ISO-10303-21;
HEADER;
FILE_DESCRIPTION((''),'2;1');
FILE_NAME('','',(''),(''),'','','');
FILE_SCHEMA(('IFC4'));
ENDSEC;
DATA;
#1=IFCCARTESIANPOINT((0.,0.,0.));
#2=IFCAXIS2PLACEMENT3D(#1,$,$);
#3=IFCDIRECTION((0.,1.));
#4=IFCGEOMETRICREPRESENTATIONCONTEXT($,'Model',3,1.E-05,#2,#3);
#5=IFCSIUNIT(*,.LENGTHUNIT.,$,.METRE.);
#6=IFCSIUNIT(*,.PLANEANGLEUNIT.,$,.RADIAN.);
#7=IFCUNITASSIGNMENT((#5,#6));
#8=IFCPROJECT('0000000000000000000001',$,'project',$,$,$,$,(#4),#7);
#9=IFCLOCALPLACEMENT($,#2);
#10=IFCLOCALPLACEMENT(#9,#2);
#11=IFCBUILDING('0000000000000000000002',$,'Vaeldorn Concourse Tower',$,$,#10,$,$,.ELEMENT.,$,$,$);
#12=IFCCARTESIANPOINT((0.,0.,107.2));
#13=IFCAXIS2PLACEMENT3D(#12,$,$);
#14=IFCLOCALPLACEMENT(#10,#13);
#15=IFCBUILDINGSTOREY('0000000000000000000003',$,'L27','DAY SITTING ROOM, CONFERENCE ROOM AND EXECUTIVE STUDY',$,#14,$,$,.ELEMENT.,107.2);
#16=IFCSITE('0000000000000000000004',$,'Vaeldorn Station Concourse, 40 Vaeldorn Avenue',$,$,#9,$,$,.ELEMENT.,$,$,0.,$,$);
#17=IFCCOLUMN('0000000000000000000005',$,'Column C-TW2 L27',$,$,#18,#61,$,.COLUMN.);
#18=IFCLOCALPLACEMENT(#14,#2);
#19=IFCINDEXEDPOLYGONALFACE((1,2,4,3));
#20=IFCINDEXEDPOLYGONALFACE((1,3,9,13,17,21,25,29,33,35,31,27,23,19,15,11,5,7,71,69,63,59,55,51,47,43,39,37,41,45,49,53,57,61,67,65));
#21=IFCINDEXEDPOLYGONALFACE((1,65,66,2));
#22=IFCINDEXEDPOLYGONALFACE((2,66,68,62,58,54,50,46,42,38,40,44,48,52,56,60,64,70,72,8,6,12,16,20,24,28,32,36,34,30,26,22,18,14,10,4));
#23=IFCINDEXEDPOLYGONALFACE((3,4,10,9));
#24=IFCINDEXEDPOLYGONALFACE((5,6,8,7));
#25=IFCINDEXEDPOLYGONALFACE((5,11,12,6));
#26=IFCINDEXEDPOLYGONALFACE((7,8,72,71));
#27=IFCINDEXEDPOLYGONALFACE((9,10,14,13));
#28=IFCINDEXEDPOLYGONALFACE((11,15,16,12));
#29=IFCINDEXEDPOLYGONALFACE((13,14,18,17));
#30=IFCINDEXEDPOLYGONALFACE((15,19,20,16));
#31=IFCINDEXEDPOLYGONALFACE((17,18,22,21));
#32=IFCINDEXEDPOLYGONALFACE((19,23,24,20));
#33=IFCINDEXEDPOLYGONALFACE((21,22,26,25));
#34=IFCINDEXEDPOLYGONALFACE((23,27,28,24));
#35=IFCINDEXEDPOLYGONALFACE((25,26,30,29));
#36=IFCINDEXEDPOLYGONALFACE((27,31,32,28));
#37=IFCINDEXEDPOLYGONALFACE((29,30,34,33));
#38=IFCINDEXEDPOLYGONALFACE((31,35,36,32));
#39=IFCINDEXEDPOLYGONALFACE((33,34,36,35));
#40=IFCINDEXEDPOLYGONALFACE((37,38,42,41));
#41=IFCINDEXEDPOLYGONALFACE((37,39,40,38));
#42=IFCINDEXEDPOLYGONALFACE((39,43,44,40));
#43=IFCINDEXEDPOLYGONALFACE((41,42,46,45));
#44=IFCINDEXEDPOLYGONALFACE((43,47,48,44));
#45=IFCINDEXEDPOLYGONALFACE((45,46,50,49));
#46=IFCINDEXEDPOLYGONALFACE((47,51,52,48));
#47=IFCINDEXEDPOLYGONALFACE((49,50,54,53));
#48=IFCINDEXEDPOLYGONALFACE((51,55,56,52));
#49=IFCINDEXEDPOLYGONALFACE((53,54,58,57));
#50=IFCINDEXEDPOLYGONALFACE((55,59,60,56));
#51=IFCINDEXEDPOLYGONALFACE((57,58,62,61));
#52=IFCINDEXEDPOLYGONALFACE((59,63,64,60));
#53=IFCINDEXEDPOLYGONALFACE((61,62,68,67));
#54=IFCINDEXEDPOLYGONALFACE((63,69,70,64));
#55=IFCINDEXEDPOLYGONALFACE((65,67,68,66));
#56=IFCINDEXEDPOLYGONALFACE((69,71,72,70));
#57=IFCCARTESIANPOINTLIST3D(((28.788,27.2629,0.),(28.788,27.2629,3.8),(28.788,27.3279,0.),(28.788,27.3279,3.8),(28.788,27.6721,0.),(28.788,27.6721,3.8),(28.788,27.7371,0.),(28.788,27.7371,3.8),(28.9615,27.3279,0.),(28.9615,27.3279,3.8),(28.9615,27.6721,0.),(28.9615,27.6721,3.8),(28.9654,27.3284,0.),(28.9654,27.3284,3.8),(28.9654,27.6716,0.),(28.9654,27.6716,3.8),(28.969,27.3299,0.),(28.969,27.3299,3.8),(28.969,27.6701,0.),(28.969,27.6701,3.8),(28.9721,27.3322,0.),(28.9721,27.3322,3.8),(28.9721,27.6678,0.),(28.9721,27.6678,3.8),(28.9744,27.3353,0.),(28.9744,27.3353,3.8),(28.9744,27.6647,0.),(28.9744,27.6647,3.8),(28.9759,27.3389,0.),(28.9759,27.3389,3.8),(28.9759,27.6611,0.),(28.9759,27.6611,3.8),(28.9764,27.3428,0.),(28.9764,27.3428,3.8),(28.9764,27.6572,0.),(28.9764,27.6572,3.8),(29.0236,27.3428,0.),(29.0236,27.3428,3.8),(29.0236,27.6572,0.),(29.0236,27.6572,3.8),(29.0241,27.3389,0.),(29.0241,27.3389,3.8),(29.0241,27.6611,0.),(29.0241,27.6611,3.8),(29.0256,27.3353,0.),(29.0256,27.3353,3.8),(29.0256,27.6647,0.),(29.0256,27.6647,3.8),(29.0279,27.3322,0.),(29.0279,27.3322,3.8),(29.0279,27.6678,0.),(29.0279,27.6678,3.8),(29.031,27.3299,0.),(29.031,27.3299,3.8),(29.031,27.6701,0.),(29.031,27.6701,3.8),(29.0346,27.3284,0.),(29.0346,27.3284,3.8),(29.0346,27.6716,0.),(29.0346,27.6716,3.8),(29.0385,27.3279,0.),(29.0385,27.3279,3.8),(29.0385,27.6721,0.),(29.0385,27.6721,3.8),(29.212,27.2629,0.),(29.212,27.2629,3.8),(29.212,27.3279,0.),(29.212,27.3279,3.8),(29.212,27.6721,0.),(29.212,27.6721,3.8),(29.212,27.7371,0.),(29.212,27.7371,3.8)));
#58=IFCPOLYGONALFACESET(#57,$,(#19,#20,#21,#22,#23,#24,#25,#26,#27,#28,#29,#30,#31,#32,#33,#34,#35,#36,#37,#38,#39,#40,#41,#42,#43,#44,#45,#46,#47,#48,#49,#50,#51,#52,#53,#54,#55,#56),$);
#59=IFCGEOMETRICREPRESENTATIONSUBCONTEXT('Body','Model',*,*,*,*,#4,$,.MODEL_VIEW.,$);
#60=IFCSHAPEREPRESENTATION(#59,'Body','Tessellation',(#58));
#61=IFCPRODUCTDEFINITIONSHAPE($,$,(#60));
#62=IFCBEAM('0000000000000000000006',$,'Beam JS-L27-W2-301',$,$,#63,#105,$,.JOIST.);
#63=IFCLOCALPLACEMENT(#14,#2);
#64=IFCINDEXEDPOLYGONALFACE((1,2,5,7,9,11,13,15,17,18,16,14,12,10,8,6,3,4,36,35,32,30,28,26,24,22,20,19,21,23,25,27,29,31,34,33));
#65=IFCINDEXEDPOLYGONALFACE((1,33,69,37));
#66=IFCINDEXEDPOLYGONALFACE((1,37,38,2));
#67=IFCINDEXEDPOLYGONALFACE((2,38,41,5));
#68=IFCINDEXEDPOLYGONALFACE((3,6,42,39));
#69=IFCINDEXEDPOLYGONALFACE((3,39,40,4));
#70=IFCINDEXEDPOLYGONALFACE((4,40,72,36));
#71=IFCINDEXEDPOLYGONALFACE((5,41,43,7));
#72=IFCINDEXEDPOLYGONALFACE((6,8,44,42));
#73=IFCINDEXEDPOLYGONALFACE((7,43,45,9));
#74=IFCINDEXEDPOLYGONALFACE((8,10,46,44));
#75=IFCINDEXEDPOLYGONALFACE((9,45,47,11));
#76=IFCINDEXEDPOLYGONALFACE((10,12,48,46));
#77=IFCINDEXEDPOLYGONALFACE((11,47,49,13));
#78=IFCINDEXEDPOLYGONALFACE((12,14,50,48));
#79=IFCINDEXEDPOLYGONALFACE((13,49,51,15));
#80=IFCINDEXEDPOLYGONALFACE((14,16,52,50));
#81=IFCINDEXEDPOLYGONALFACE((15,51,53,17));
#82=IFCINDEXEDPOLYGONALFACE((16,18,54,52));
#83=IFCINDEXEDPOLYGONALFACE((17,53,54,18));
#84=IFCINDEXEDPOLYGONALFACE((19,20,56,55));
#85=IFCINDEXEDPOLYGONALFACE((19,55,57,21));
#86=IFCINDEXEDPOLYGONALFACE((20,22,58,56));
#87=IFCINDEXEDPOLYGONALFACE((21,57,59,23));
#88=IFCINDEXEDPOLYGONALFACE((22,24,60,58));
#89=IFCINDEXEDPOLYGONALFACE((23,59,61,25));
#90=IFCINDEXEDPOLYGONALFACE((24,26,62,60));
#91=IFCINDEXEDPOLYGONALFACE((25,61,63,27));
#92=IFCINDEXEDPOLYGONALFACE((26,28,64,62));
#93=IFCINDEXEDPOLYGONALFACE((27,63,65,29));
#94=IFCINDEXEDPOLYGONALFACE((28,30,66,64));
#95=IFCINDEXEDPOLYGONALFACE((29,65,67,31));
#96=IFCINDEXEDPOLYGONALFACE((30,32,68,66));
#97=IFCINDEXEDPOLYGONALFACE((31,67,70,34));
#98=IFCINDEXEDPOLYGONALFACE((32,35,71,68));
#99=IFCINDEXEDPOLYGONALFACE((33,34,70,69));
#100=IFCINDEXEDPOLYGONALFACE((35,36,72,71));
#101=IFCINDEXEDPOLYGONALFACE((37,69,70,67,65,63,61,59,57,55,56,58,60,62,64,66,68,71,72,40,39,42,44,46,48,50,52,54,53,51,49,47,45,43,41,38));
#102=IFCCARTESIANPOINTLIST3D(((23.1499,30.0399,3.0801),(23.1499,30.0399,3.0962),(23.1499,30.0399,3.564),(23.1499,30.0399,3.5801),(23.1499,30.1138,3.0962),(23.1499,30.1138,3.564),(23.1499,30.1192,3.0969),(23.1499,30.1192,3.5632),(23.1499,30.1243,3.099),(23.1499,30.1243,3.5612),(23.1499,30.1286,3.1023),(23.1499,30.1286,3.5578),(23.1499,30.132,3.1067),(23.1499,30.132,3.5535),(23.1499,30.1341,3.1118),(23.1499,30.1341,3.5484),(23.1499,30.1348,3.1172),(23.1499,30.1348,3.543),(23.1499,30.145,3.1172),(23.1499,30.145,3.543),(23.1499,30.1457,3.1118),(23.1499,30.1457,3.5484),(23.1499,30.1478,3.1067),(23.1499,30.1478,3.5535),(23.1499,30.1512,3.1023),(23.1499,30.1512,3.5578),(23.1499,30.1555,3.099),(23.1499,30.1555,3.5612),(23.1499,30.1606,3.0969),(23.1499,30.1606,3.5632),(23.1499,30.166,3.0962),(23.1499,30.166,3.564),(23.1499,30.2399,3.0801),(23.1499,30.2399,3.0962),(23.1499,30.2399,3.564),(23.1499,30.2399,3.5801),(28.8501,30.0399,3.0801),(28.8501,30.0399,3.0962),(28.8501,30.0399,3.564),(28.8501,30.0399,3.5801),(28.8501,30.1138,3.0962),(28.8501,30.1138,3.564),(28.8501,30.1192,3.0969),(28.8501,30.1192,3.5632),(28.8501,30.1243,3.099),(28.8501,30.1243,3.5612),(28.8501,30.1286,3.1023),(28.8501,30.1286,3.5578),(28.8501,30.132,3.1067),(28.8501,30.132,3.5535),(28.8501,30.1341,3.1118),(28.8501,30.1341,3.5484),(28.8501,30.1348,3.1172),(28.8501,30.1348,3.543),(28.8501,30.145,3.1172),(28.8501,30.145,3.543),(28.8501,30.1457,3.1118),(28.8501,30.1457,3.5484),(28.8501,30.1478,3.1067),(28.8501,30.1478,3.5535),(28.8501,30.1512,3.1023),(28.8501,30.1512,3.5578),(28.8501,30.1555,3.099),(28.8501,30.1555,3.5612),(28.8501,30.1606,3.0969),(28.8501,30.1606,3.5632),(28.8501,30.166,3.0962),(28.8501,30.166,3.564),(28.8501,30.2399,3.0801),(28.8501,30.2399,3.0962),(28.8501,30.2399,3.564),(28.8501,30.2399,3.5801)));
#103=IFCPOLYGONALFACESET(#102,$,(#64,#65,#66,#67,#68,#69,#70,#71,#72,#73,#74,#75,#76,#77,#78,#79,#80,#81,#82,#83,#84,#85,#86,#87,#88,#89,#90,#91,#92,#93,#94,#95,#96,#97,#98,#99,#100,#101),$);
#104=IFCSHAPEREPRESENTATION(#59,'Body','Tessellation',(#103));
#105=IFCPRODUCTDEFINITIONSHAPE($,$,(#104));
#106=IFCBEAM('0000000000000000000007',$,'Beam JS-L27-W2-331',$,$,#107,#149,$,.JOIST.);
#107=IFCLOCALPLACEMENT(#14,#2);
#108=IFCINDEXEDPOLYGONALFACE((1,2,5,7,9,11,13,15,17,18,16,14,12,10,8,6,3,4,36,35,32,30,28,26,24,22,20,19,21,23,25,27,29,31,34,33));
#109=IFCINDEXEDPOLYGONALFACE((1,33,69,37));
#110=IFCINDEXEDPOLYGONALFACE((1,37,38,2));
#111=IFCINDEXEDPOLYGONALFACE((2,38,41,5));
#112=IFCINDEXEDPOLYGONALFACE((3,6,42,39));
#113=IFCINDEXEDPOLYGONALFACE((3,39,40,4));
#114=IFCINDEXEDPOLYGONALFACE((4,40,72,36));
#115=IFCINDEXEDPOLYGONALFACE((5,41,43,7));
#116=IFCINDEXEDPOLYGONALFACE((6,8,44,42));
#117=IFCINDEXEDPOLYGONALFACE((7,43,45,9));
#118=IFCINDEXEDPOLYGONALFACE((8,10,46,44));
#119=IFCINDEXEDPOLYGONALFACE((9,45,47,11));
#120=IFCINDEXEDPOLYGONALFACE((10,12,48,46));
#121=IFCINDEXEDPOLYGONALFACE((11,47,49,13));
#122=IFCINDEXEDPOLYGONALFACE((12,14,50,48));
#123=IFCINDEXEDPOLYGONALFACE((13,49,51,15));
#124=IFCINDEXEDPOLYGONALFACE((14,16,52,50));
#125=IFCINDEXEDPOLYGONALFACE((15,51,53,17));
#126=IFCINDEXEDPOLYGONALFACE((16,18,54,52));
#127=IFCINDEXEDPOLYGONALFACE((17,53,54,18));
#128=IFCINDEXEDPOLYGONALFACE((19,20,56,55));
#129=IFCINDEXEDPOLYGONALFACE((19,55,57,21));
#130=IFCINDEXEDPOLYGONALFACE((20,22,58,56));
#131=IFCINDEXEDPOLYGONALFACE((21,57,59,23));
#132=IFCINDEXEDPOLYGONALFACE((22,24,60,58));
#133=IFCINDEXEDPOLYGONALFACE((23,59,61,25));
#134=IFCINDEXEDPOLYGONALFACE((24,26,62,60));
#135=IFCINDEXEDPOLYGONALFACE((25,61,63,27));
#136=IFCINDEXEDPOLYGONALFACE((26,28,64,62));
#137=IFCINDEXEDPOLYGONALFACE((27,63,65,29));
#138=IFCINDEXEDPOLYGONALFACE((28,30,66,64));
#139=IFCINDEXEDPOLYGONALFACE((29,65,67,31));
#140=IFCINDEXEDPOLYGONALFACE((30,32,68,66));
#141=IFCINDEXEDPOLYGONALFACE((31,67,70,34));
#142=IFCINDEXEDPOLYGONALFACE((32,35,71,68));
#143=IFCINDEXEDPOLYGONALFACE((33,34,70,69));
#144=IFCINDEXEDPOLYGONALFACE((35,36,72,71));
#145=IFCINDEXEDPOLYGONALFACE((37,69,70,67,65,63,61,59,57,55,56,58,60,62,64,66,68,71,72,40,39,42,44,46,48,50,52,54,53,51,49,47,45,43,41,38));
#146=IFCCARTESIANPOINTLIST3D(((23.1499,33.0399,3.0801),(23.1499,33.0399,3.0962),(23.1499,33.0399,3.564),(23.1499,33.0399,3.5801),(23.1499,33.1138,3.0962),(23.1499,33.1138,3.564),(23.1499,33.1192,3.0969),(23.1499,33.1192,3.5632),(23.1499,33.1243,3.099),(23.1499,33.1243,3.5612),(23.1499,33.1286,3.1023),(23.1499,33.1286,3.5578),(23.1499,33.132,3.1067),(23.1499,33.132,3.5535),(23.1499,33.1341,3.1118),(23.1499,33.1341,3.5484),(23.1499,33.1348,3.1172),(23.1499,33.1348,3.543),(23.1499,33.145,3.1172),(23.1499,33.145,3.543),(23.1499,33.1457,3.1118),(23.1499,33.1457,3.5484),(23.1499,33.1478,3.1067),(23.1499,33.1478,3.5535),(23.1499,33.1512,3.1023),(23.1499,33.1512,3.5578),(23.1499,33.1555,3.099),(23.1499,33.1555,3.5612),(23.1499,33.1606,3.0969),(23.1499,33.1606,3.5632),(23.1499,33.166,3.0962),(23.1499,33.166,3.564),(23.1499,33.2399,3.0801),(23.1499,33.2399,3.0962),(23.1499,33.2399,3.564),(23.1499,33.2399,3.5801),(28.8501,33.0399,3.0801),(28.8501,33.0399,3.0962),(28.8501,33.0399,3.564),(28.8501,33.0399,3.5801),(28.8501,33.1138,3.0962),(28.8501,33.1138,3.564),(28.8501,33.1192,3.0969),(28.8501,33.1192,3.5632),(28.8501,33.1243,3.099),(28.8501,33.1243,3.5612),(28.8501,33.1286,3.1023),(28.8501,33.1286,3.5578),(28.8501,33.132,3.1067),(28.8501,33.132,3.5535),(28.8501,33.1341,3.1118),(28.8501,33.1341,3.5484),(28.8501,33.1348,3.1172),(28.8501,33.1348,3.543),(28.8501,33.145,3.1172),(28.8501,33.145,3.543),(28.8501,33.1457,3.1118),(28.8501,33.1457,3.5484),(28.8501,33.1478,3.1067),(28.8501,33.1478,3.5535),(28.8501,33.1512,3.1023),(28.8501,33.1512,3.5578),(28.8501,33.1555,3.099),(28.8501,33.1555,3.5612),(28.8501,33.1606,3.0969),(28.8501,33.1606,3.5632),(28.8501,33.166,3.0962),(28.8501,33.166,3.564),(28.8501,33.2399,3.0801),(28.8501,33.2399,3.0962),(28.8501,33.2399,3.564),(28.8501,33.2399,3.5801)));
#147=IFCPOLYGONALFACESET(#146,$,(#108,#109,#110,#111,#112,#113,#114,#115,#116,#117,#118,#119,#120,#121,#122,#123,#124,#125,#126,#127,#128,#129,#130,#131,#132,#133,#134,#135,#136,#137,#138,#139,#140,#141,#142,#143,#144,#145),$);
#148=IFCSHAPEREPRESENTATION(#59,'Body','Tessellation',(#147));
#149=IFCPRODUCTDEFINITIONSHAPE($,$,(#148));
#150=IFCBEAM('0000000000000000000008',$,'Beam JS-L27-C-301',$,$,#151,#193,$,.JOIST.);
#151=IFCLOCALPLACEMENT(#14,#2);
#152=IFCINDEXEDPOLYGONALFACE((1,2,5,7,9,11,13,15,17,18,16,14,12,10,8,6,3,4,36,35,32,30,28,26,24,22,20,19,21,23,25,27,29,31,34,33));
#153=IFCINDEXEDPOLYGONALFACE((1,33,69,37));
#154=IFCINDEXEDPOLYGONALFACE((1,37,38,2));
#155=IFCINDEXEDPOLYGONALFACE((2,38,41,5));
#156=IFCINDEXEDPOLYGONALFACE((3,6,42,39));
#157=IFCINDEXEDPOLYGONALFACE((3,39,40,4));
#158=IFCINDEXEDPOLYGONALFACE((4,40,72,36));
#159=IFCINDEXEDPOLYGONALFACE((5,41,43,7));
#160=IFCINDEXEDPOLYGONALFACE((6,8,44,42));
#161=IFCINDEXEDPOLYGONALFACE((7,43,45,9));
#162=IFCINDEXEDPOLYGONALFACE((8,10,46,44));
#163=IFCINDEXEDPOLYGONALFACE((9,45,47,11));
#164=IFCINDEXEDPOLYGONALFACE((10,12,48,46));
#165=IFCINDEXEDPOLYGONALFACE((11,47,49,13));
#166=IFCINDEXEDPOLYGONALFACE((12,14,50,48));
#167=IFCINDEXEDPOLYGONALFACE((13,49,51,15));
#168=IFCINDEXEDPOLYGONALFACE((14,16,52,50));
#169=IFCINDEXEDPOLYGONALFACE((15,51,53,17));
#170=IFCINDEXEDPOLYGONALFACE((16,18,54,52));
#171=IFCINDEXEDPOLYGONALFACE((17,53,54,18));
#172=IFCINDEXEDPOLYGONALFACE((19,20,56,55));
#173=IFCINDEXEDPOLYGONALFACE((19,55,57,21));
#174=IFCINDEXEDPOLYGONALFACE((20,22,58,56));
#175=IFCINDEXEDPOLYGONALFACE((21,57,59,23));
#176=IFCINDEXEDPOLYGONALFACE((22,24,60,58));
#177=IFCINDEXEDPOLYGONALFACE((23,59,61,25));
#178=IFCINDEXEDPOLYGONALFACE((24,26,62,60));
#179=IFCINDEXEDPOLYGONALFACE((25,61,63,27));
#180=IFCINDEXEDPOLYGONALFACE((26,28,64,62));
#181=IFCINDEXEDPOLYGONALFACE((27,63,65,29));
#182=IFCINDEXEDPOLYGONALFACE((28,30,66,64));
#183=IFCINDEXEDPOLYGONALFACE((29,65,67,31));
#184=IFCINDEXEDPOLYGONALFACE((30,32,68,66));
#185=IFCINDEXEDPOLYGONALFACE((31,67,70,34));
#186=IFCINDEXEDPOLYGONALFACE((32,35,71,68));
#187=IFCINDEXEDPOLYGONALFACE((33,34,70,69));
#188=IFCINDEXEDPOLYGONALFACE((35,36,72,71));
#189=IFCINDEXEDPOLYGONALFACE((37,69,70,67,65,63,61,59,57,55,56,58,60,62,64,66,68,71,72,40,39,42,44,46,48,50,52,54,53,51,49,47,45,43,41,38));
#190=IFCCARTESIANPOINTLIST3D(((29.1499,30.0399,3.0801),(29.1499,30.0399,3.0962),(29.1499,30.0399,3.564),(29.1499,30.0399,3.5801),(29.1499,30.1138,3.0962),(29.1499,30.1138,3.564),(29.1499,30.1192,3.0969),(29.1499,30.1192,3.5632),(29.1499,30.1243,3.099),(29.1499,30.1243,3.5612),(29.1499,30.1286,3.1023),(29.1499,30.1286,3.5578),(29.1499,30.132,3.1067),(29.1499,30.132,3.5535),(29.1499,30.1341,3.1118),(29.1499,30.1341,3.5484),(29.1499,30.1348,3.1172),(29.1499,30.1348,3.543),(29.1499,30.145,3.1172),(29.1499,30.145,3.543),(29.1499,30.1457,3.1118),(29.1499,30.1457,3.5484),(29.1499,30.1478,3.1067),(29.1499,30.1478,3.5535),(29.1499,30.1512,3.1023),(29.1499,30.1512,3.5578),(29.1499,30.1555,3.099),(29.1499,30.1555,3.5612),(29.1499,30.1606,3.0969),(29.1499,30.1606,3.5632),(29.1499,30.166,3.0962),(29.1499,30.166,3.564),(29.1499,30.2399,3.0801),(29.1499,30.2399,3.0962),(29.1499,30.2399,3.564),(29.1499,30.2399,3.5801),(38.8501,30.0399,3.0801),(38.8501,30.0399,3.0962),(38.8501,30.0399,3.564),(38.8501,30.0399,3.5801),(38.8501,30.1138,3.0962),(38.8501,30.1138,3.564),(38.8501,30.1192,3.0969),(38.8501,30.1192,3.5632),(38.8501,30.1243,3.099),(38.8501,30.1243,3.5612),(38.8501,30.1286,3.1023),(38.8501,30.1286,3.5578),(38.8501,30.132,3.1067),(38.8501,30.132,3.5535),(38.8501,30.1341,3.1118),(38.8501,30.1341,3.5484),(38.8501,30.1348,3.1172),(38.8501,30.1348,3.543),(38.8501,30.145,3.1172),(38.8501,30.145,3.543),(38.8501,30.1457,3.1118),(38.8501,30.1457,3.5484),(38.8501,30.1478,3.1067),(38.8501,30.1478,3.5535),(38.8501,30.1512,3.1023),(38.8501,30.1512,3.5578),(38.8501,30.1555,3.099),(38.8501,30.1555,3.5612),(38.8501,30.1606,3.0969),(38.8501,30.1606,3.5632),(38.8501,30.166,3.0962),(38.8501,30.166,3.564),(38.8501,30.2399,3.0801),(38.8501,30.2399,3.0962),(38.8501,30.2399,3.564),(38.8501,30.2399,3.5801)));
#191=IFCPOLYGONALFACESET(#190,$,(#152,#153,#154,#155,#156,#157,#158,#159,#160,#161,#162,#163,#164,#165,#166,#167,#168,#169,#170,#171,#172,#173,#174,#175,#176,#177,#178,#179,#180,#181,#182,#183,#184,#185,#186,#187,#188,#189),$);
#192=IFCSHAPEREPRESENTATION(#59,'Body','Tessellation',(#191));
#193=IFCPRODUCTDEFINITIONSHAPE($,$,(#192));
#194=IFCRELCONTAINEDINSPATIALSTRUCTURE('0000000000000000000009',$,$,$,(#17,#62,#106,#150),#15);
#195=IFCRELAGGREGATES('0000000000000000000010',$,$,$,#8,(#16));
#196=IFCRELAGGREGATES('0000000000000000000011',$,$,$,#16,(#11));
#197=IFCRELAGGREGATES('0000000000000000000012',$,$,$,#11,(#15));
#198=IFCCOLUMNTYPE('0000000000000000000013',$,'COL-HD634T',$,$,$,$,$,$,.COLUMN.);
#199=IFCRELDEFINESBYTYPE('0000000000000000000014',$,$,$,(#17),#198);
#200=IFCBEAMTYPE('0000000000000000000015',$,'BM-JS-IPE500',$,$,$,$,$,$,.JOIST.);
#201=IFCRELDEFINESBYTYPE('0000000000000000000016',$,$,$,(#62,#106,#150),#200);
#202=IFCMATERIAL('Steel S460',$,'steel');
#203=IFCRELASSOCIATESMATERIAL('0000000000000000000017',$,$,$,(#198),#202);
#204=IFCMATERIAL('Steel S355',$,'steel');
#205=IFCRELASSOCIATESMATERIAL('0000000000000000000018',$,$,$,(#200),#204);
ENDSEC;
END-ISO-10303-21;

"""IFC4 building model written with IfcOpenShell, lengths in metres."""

from ifc_helpers import new_model, si_unit, direction, frame, origin, origin_2d, place, context, subcontext, project, spatial, i_section, extrude, source, transform, mapped, material, material_profile, profile_set, type_object, element, save


model = new_model("IFC4")

# Units and contexts
model_context = context("Model", 3, precision=1e-05, world=origin(), true_north=direction((0.0, 1.0)))
body_context = subcontext(model_context, "Body", "Model", "MODEL_VIEW")
ifc_project = project(units=[si_unit("LENGTHUNIT", "METRE"), si_unit("PLANEANGLEUNIT", "RADIAN")], contexts=[model_context])

# Site, building, storey
site_placement = place(None, origin())
site = spatial("IfcSite", under=ifc_project, at=site_placement, Name="Vaeldorn Station Concourse, 40 Vaeldorn Avenue", CompositionType="ELEMENT", RefElevation=0.0)
building_placement = place(site_placement, origin())
building = spatial("IfcBuilding", under=site, at=building_placement, Name="Vaeldorn Concourse Tower", CompositionType="ELEMENT")
storey_placement = place(building_placement, frame((0.0, 0.0, 107.2)))
storey = spatial("IfcBuildingStorey", under=building, at=storey_placement, Name="L27", Description="DAY SITTING ROOM, CONFERENCE ROOM AND EXECUTIVE STUDY", CompositionType="ELEMENT", Elevation=107.2)

# Column
ifc_material_1 = material(Name="Steel S460", Category="steel")
ifc_material_profile_1 = material_profile(ifc_material_1, i_section(OverallWidth=0.4241, OverallDepth=0.4741, WebThickness=0.0471, FlangeThickness=0.0649, FilletRadius=0.0149, at=origin_2d()), Name="HD 400x634")
ifc_profile_set_1 = profile_set([ifc_material_profile_1], Name="Steel S460")
column_type_1 = type_object("IfcColumnType", Name="COL-HD634T", PredefinedType="COLUMN", material=ifc_profile_set_1)
shared_shape_1 = source(origin(), body_context, "Body", "SweptSolid", [
    extrude(i_section(OverallWidth=0.4241, OverallDepth=0.4741, WebThickness=0.0471, FlangeThickness=0.0649, FilletRadius=0.0149, at=origin_2d()), origin(), (0.0, 0.0, 1.0), 3.8),
])
column_1_placement = place(storey_placement, frame((29.0, 27.5, 0.0), z_axis=(0.0, 0.0, 1.0), x_axis=(1.0, 0.0, 0.0)))
element("IfcColumn", 1, at=column_1_placement, inside=storey, type_object=column_type_1, Name="Column C-TW2 L27", PredefinedType="COLUMN", context=body_context, shape_type="MappedRepresentation", body=[
    mapped(shared_shape_1, transform((0.0, 0.0, 0.0), scale=1.0)),
])

# Beams
ifc_material_2 = material(Name="Steel S355", Category="steel")
ifc_material_profile_2 = material_profile(ifc_material_2, i_section(OverallWidth=0.2, OverallDepth=0.5, WebThickness=0.0103, FlangeThickness=0.0161, FilletRadius=0.021, at=origin_2d()), Name="IPE 500")
ifc_profile_set_2 = profile_set([ifc_material_profile_2], Name="Steel S355")
beam_type_1 = type_object("IfcBeamType", Name="BM-JS-IPE500", PredefinedType="JOIST", material=ifc_profile_set_2)
shared_shape_2 = source(origin(), body_context, "Body", "SweptSolid", [
    extrude(i_section(OverallWidth=0.2, OverallDepth=0.5, WebThickness=0.0103, FlangeThickness=0.0161, FilletRadius=0.021, at=origin_2d()), origin(), (0.0, 0.0, 1.0), 5.7002),
])
for number, where, z_axis, x_axis, name in (
    (2, (23.1499, 30.1399, 3.3301), (1.0, 0.0, 0.0), (0.0, 1.0, 0.0), "Beam JS-L27-W2-301"),
    (3, (23.1499, 33.1399, 3.3301), (1.0, 0.0, 0.0), (0.0, 1.0, 0.0), "Beam JS-L27-W2-331"),
):
    element("IfcBeam", number, at=place(storey_placement, frame(where, z_axis=z_axis, x_axis=x_axis)), inside=storey, type_object=beam_type_1, Name=name, PredefinedType="JOIST", context=body_context, shape_type="MappedRepresentation", body=[
        mapped(shared_shape_2, transform((0.0, 0.0, 0.0), scale=1.0)),
    ])
shared_shape_3 = source(origin(), body_context, "Body", "SweptSolid", [
    extrude(i_section(OverallWidth=0.2, OverallDepth=0.5, WebThickness=0.0103, FlangeThickness=0.0161, FilletRadius=0.021, at=origin_2d()), origin(), (0.0, 0.0, 1.0), 9.7002),
])
for number, where, z_axis, x_axis, name in (
    (4, (29.1499, 30.1399, 3.3301), (1.0, 0.0, 0.0), (0.0, 1.0, 0.0), "Beam JS-L27-C-301"),
):
    element("IfcBeam", number, at=place(storey_placement, frame(where, z_axis=z_axis, x_axis=x_axis)), inside=storey, type_object=beam_type_1, Name=name, PredefinedType="JOIST", context=body_context, shape_type="MappedRepresentation", body=[
        mapped(shared_shape_3, transform((0.0, 0.0, 0.0), scale=1.0)),
    ])

save(model, "model.ifc")
